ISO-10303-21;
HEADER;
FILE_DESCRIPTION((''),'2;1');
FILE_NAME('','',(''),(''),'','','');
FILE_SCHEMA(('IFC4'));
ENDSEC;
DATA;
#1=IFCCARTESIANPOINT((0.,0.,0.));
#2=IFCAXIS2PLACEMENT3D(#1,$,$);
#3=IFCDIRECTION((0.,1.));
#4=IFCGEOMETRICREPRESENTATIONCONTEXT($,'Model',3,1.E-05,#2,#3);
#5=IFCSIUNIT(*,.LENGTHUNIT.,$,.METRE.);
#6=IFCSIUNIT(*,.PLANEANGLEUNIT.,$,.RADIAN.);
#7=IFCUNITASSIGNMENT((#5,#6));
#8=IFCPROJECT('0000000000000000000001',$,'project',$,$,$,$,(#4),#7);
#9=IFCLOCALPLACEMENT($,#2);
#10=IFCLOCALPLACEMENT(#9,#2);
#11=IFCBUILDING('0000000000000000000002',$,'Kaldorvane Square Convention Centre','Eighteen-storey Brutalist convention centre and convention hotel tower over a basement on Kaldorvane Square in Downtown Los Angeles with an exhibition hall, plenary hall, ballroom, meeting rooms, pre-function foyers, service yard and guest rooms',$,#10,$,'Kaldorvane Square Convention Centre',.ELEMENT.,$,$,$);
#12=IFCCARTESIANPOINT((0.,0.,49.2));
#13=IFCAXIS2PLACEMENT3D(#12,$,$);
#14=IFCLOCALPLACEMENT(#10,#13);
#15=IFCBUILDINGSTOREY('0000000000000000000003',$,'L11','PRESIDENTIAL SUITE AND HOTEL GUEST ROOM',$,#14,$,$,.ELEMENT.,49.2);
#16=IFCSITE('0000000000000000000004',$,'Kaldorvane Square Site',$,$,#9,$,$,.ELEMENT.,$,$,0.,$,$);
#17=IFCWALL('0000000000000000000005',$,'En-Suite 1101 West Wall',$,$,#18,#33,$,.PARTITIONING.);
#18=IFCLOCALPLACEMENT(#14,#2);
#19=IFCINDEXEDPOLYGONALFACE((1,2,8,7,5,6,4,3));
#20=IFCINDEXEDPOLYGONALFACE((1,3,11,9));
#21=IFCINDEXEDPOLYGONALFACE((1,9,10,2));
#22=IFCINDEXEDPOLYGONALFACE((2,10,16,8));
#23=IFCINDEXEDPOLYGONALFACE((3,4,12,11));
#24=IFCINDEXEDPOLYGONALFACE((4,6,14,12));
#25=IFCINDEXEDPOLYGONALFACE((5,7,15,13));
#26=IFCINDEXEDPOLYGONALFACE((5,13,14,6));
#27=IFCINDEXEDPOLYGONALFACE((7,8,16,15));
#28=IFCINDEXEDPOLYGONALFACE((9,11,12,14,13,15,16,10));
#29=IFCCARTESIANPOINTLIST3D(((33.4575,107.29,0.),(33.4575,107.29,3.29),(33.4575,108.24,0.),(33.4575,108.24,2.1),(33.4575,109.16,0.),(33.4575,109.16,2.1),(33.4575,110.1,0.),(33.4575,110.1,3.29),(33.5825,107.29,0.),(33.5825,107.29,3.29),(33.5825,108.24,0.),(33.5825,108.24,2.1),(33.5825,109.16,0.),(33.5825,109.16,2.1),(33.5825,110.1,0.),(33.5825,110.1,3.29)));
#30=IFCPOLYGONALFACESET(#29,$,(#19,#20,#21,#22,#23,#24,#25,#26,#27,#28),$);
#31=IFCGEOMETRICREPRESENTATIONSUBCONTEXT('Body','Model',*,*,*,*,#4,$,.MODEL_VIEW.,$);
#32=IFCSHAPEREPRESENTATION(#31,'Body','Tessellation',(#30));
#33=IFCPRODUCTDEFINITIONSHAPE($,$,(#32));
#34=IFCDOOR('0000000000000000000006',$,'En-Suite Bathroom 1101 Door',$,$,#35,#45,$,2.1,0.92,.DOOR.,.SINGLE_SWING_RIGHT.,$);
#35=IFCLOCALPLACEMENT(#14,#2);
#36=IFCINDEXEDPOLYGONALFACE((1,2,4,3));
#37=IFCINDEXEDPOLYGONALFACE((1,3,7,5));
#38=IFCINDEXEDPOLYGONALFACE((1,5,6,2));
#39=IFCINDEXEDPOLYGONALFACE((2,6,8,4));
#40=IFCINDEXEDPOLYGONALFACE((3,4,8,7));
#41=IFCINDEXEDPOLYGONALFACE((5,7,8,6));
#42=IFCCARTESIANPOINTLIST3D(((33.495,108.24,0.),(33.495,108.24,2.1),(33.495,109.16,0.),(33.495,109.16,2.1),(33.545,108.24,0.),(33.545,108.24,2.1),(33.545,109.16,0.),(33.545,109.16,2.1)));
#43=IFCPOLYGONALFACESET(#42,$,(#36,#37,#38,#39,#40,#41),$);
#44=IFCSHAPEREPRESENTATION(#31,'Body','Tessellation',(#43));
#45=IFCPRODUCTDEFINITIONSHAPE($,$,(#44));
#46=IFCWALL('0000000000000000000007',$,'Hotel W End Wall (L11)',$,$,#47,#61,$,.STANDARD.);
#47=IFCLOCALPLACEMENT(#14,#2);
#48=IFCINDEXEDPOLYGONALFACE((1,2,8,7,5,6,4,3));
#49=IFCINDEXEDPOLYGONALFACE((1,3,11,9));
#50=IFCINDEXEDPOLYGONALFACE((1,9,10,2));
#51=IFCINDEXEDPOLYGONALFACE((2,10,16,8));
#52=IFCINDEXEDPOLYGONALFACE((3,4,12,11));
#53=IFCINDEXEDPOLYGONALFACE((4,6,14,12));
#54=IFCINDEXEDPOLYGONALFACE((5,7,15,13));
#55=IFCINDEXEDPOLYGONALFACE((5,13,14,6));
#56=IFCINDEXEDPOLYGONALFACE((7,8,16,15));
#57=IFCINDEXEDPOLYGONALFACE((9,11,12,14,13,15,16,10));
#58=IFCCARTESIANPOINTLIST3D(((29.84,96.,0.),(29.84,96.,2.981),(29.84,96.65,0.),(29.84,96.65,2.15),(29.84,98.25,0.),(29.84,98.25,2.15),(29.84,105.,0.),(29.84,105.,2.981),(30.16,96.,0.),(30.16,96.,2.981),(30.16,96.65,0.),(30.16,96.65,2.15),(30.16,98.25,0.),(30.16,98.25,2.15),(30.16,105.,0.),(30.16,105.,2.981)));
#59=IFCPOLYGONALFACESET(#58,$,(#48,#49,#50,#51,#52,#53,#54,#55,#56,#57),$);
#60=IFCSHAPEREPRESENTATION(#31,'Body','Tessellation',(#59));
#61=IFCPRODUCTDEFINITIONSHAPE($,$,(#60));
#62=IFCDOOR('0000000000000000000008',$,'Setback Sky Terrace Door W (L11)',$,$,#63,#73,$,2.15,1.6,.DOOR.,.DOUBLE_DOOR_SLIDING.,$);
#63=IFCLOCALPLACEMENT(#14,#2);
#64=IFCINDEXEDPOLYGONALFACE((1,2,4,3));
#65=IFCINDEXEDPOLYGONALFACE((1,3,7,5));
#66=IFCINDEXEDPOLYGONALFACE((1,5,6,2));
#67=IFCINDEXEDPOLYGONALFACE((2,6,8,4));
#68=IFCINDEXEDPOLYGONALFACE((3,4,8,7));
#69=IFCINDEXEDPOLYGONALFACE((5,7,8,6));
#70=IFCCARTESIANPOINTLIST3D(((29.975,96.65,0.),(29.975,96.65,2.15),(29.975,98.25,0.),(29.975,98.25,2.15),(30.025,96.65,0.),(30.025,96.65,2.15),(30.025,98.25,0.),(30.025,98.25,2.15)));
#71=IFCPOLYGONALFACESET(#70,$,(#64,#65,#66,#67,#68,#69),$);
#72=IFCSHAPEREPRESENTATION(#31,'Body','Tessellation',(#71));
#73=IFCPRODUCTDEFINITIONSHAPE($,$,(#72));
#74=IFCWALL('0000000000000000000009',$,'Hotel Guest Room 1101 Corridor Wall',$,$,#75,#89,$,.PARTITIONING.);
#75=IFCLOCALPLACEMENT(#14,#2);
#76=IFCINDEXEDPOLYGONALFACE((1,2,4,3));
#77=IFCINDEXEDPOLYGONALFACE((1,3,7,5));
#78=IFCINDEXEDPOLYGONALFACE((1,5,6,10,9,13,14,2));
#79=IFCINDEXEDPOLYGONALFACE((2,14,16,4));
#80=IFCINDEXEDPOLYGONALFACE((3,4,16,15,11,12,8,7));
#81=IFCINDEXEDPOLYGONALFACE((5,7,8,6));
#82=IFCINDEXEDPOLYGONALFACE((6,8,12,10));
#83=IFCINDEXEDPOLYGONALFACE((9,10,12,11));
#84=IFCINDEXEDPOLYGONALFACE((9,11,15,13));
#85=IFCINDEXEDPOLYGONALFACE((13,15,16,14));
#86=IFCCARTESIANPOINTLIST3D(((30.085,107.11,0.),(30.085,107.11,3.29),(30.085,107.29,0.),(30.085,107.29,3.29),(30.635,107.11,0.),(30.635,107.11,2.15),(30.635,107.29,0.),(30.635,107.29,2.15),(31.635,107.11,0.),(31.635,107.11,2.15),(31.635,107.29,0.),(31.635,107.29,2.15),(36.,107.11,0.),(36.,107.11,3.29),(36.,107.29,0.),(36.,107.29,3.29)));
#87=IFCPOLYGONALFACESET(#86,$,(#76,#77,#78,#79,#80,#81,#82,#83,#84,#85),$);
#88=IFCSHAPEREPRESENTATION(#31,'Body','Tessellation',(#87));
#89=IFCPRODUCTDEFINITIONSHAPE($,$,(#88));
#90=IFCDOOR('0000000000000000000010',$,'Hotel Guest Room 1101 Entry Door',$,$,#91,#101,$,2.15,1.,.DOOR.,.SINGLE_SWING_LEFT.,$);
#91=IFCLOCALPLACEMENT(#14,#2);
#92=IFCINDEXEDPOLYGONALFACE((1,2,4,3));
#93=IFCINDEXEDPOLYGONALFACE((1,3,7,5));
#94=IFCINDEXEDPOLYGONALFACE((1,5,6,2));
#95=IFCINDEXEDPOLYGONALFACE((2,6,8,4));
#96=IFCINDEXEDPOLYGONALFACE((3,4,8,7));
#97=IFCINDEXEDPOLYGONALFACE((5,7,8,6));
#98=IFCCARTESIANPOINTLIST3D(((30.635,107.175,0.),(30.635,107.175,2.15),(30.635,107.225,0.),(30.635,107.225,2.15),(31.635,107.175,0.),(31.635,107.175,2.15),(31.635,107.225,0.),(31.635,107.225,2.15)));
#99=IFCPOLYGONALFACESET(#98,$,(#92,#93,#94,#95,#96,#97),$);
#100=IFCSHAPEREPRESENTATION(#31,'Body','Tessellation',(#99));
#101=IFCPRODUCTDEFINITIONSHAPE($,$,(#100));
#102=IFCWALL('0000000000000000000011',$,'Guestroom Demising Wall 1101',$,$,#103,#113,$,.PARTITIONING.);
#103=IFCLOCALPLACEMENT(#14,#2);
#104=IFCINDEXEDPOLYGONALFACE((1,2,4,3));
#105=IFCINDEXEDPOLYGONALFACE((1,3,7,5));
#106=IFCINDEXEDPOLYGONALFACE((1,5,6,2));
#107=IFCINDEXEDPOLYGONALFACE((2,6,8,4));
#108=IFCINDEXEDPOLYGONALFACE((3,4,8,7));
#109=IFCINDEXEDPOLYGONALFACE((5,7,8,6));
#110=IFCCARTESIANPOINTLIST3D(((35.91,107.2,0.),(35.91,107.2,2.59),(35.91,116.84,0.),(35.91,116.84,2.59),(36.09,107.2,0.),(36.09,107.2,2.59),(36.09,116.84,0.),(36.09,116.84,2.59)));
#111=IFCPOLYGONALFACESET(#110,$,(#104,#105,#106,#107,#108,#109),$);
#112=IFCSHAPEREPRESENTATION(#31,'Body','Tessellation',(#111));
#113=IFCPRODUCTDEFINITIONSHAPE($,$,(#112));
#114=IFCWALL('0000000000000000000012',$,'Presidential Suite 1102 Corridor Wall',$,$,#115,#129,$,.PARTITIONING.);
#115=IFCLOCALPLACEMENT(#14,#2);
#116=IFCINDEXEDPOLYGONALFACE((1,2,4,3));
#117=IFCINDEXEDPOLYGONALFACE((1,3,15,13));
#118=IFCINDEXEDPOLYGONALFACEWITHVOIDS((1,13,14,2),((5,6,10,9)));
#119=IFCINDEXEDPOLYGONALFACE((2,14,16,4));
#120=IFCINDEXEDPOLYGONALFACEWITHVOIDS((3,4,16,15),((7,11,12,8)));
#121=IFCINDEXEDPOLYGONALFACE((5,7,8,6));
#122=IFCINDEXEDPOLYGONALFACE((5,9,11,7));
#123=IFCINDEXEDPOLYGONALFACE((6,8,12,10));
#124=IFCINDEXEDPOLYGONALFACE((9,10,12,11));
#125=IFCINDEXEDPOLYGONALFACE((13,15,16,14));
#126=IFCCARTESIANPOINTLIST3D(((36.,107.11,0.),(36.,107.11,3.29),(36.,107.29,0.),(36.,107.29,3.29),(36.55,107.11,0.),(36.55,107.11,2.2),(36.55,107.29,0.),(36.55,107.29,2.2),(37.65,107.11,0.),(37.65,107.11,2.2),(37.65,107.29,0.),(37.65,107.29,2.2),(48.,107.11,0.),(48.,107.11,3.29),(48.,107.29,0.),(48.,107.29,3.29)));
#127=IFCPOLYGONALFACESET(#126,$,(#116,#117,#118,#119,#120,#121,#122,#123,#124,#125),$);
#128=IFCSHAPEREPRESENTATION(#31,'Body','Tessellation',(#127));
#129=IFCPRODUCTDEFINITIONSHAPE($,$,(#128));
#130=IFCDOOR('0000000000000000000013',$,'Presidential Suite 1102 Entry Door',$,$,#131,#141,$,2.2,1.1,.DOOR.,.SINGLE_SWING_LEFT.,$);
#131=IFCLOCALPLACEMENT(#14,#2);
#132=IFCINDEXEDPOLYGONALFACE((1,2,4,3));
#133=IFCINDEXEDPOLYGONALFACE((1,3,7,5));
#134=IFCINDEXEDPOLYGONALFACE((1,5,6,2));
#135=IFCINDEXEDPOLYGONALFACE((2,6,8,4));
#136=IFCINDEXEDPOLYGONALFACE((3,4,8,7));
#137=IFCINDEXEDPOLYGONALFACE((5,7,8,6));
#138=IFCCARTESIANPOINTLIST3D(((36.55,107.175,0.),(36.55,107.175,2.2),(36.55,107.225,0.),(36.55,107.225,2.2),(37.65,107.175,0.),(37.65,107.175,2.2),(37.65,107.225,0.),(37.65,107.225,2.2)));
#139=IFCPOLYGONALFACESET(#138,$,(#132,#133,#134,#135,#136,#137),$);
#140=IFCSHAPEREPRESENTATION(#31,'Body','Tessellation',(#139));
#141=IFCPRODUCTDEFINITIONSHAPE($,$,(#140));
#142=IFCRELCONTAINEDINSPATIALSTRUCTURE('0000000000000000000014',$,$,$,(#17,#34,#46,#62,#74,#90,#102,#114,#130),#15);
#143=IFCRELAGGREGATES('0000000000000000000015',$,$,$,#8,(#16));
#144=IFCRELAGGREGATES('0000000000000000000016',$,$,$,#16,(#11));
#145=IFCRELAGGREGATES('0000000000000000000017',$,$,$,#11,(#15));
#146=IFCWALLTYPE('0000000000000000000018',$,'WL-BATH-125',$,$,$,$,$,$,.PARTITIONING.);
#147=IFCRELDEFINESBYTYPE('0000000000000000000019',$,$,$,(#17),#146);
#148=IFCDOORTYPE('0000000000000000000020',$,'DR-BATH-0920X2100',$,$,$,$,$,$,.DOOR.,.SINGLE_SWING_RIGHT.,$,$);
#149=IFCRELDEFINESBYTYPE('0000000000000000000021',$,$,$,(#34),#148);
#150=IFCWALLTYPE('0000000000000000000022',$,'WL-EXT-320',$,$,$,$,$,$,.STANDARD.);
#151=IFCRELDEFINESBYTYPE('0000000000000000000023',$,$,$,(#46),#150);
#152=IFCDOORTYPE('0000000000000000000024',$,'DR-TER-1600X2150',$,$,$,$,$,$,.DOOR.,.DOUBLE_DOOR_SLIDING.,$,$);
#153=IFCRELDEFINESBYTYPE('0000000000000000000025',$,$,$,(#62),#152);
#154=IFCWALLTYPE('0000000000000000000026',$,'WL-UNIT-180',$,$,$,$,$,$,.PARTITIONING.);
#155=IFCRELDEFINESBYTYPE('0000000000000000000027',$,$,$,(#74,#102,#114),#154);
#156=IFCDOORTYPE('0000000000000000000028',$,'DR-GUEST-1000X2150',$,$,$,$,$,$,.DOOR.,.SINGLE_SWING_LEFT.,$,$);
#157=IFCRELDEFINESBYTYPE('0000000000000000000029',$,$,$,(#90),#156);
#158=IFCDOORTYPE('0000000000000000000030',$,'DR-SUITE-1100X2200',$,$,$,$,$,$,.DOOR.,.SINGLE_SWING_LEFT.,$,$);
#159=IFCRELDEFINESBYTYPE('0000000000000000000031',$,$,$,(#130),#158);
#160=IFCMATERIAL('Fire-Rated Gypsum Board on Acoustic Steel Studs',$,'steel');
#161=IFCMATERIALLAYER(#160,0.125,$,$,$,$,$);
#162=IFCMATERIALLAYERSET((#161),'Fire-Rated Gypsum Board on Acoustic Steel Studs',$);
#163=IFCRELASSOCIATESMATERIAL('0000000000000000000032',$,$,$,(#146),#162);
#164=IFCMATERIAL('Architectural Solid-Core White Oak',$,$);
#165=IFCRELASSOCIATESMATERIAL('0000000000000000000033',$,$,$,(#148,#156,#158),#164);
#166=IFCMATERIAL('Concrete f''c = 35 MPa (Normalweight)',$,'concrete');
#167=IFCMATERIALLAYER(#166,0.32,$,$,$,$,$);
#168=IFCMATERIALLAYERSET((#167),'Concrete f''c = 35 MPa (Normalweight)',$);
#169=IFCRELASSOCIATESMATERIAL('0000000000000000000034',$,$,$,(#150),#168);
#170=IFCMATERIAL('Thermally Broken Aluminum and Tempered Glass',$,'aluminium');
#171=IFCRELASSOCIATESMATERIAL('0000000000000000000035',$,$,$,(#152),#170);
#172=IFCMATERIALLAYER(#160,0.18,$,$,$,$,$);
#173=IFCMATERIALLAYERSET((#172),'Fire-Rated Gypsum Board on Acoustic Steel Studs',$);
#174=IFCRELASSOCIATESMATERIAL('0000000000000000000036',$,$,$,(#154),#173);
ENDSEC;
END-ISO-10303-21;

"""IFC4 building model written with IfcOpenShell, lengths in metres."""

from ifc_helpers import new_model, si_unit, direction, frame, frame_2d, origin, place, context, subcontext, project, spatial, rectangle, extrude, material, layer, layer_set, type_object, element, fill, save


model = new_model("IFC4")

# Units and contexts
model_context = context("Model", 3, precision=1e-05, world=origin(), true_north=direction((0.0, 1.0)))
body_context = subcontext(model_context, "Body", "Model", "MODEL_VIEW")
ifc_project = project(units=[si_unit("LENGTHUNIT", "METRE"), si_unit("PLANEANGLEUNIT", "RADIAN")], contexts=[model_context])

# Site, building, storey
site_placement = place(None, origin())
site = spatial("IfcSite", under=ifc_project, at=site_placement, Name="Kaldorvane Square Site", CompositionType="ELEMENT", RefElevation=0.0)
building_placement = place(site_placement, origin())
building = spatial("IfcBuilding", under=site, at=building_placement, Name="Kaldorvane Square Convention Centre", Description="Eighteen-storey Brutalist convention centre and convention hotel tower over a basement on Kaldorvane Square in Downtown Los Angeles with an exhibition hall, plenary hall, ballroom, meeting rooms, pre-function foyers, service yard and guest rooms", LongName="Kaldorvane Square Convention Centre", CompositionType="ELEMENT")
storey_placement = place(building_placement, frame((0.0, 0.0, 49.2)))
storey = spatial("IfcBuildingStorey", under=building, at=storey_placement, Name="L11", Description="PRESIDENTIAL SUITE AND HOTEL GUEST ROOM", CompositionType="ELEMENT", Elevation=49.2)

# Walls, openings, doors
ifc_material_1 = material(Name="Fire-Rated Gypsum Board on Acoustic Steel Studs", Category="steel")
ifc_layer_1 = layer(ifc_material_1, 0.125)
ifc_layer_set_1 = layer_set([ifc_layer_1], Name="Fire-Rated Gypsum Board on Acoustic Steel Studs")
wall_type_1 = type_object("IfcWallType", Name="WL-BATH-125", PredefinedType="PARTITIONING", material=ifc_layer_set_1)
wall_1_placement = place(storey_placement, frame((33.52, 107.29, 0.0), z_axis=(0.0, 0.0, 1.0), x_axis=(0.0, 1.0, 0.0)))
wall_1 = element("IfcWall", 1, at=wall_1_placement, inside=storey, type_object=wall_type_1, Name="En-Suite 1101 West Wall", PredefinedType="PARTITIONING", context=body_context, shape_type="SweptSolid", body=[
    extrude(rectangle(XDim=2.81, YDim=0.125, at=frame_2d((1.405, 0.0))), origin(), (0.0, 0.0, 1.0), 3.29),
])
opening_1_placement = place(wall_1_placement, frame((0.95, 0.0, 0.0)))
opening_1 = element("IfcOpeningElement", 2, at=opening_1_placement, cuts=wall_1, PredefinedType="OPENING", context=body_context, shape_type="SweptSolid", body=[
    extrude(rectangle(XDim=0.92, YDim=2.1, at=frame_2d((0.46, 1.05))), frame((0.0, 0.0775, 0.0), z_axis=(0.0, -1.0, 0.0), x_axis=(1.0, 0.0, 0.0)), (0.0, 0.0, 1.0), 0.155),
])
ifc_material_2 = material(Name="Architectural Solid-Core White Oak")
door_type_1 = type_object("IfcDoorType", Name="DR-BATH-0920X2100", OperationType="SINGLE_SWING_RIGHT", PredefinedType="DOOR", material=ifc_material_2)
door_1_placement = place(opening_1_placement, origin())
door_1 = element("IfcDoor", 3, at=door_1_placement, inside=storey, type_object=door_type_1, Name="En-Suite Bathroom 1101 Door", OperationType="SINGLE_SWING_RIGHT", OverallHeight=2.1, OverallWidth=0.92, PredefinedType="DOOR", context=body_context, shape_type="SweptSolid", body=[
    extrude(rectangle(XDim=0.92, YDim=2.1, at=frame_2d((0.46, 1.05))), frame((0.0, 0.025, 0.0), z_axis=(0.0, -1.0, 0.0), x_axis=(1.0, 0.0, 0.0)), (0.0, 0.0, 1.0), 0.05),
])
fill(opening_1, door_1)
ifc_material_3 = material(Name="Concrete f'c = 35 MPa (Normalweight)", Category="concrete")
ifc_layer_2 = layer(ifc_material_3, 0.32)
ifc_layer_set_2 = layer_set([ifc_layer_2], Name="Concrete f'c = 35 MPa (Normalweight)")
wall_type_2 = type_object("IfcWallType", Name="WL-EXT-320", PredefinedType="STANDARD", material=ifc_layer_set_2)
wall_2_placement = place(storey_placement, frame((30.0, 105.0, 0.0), z_axis=(0.0, 0.0, 1.0), x_axis=(0.0, -1.0, 0.0)))
wall_2 = element("IfcWall", 4, at=wall_2_placement, inside=storey, type_object=wall_type_2, Name="Hotel W End Wall (L11)", PredefinedType="STANDARD", context=body_context, shape_type="SweptSolid", body=[
    extrude(rectangle(XDim=9.0, YDim=0.32, at=frame_2d((4.5, 0.0))), origin(), (0.0, 0.0, 1.0), 2.981),
])
opening_2_placement = place(wall_2_placement, frame((6.75, 0.0, 0.0)))
opening_2 = element("IfcOpeningElement", 5, at=opening_2_placement, cuts=wall_2, PredefinedType="OPENING", context=body_context, shape_type="SweptSolid", body=[
    extrude(rectangle(XDim=1.6, YDim=2.15, at=frame_2d((0.8, 1.075))), frame((0.0, 0.175, 0.0), z_axis=(0.0, -1.0, 0.0), x_axis=(1.0, 0.0, 0.0)), (0.0, 0.0, 1.0), 0.35),
])
ifc_material_4 = material(Name="Thermally Broken Aluminum and Tempered Glass", Category="aluminium")
door_type_2 = type_object("IfcDoorType", Name="DR-TER-1600X2150", OperationType="DOUBLE_DOOR_SLIDING", PredefinedType="DOOR", material=ifc_material_4)
door_2_placement = place(opening_2_placement, origin())
door_2 = element("IfcDoor", 6, at=door_2_placement, inside=storey, type_object=door_type_2, Name="Setback Sky Terrace Door W (L11)", OperationType="DOUBLE_DOOR_SLIDING", OverallHeight=2.15, OverallWidth=1.6, PredefinedType="DOOR", context=body_context, shape_type="SweptSolid", body=[
    extrude(rectangle(XDim=1.6, YDim=2.15, at=frame_2d((0.8, 1.075))), frame((0.0, 0.025, 0.0), z_axis=(0.0, -1.0, 0.0), x_axis=(1.0, 0.0, 0.0)), (0.0, 0.0, 1.0), 0.05),
])
fill(opening_2, door_2)
ifc_layer_3 = layer(ifc_material_1, 0.18)
ifc_layer_set_3 = layer_set([ifc_layer_3], Name="Fire-Rated Gypsum Board on Acoustic Steel Studs")
wall_type_3 = type_object("IfcWallType", Name="WL-UNIT-180", PredefinedType="PARTITIONING", material=ifc_layer_set_3)
wall_3_placement = place(storey_placement, frame((30.085, 107.2, 0.0), z_axis=(0.0, 0.0, 1.0), x_axis=(1.0, 0.0, 0.0)))
wall_3 = element("IfcWall", 7, at=wall_3_placement, inside=storey, type_object=wall_type_3, Name="Hotel Guest Room 1101 Corridor Wall", PredefinedType="PARTITIONING", context=body_context, shape_type="SweptSolid", body=[
    extrude(rectangle(XDim=5.915, YDim=0.18, at=frame_2d((2.9575, 0.0))), origin(), (0.0, 0.0, 1.0), 3.29),
])
opening_3_placement = place(wall_3_placement, frame((0.55, 0.0, 0.0)))
opening_3 = element("IfcOpeningElement", 8, at=opening_3_placement, cuts=wall_3, PredefinedType="OPENING", context=body_context, shape_type="SweptSolid", body=[
    extrude(rectangle(XDim=1.0, YDim=2.15, at=frame_2d((0.5, 1.075))), frame((0.0, 0.105, 0.0), z_axis=(0.0, -1.0, 0.0), x_axis=(1.0, 0.0, 0.0)), (0.0, 0.0, 1.0), 0.21),
])
door_type_3 = type_object("IfcDoorType", Name="DR-GUEST-1000X2150", OperationType="SINGLE_SWING_LEFT", PredefinedType="DOOR", material=ifc_material_2)
door_3_placement = place(opening_3_placement, origin())
door_3 = element("IfcDoor", 9, at=door_3_placement, inside=storey, type_object=door_type_3, Name="Hotel Guest Room 1101 Entry Door", OperationType="SINGLE_SWING_LEFT", OverallHeight=2.15, OverallWidth=1.0, PredefinedType="DOOR", context=body_context, shape_type="SweptSolid", body=[
    extrude(rectangle(XDim=1.0, YDim=2.15, at=frame_2d((0.5, 1.075))), frame((0.0, 0.025, 0.0), z_axis=(0.0, -1.0, 0.0), x_axis=(1.0, 0.0, 0.0)), (0.0, 0.0, 1.0), 0.05),
])
fill(opening_3, door_3)

# Wall
wall_4_placement = place(storey_placement, frame((36.0, 107.2, 0.0), z_axis=(0.0, 0.0, 1.0), x_axis=(0.0, 1.0, 0.0)))
element("IfcWall", 10, at=wall_4_placement, inside=storey, type_object=wall_type_3, Name="Guestroom Demising Wall 1101", PredefinedType="PARTITIONING", context=body_context, shape_type="SweptSolid", body=[
    extrude(rectangle(XDim=9.64, YDim=0.18, at=frame_2d((4.82, 0.0))), origin(), (0.0, 0.0, 1.0), 2.59),
])

# Wall, opening, door
wall_5_placement = place(storey_placement, frame((36.0, 107.2, 0.0), z_axis=(0.0, 0.0, 1.0), x_axis=(1.0, 0.0, 0.0)))
wall_5 = element("IfcWall", 11, at=wall_5_placement, inside=storey, type_object=wall_type_3, Name="Presidential Suite 1102 Corridor Wall", PredefinedType="PARTITIONING", context=body_context, shape_type="SweptSolid", body=[
    extrude(rectangle(XDim=12.0, YDim=0.18, at=frame_2d((6.0, 0.0))), origin(), (0.0, 0.0, 1.0), 3.29),
])
opening_4_placement = place(wall_5_placement, frame((0.55, 0.0, 0.0)))
opening_4 = element("IfcOpeningElement", 12, at=opening_4_placement, cuts=wall_5, PredefinedType="OPENING", context=body_context, shape_type="SweptSolid", body=[
    extrude(rectangle(XDim=1.1, YDim=2.2, at=frame_2d((0.55, 1.1))), frame((0.0, 0.105, 0.0), z_axis=(0.0, -1.0, 0.0), x_axis=(1.0, 0.0, 0.0)), (0.0, 0.0, 1.0), 0.21),
])
door_type_4 = type_object("IfcDoorType", Name="DR-SUITE-1100X2200", OperationType="SINGLE_SWING_LEFT", PredefinedType="DOOR", material=ifc_material_2)
door_4_placement = place(opening_4_placement, origin())
door_4 = element("IfcDoor", 13, at=door_4_placement, inside=storey, type_object=door_type_4, Name="Presidential Suite 1102 Entry Door", OperationType="SINGLE_SWING_LEFT", OverallHeight=2.2, OverallWidth=1.1, PredefinedType="DOOR", context=body_context, shape_type="SweptSolid", body=[
    extrude(rectangle(XDim=1.1, YDim=2.2, at=frame_2d((0.55, 1.1))), frame((0.0, 0.025, 0.0), z_axis=(0.0, -1.0, 0.0), x_axis=(1.0, 0.0, 0.0)), (0.0, 0.0, 1.0), 0.05),
])
fill(opening_4, door_4)

save(model, "model.ifc")
